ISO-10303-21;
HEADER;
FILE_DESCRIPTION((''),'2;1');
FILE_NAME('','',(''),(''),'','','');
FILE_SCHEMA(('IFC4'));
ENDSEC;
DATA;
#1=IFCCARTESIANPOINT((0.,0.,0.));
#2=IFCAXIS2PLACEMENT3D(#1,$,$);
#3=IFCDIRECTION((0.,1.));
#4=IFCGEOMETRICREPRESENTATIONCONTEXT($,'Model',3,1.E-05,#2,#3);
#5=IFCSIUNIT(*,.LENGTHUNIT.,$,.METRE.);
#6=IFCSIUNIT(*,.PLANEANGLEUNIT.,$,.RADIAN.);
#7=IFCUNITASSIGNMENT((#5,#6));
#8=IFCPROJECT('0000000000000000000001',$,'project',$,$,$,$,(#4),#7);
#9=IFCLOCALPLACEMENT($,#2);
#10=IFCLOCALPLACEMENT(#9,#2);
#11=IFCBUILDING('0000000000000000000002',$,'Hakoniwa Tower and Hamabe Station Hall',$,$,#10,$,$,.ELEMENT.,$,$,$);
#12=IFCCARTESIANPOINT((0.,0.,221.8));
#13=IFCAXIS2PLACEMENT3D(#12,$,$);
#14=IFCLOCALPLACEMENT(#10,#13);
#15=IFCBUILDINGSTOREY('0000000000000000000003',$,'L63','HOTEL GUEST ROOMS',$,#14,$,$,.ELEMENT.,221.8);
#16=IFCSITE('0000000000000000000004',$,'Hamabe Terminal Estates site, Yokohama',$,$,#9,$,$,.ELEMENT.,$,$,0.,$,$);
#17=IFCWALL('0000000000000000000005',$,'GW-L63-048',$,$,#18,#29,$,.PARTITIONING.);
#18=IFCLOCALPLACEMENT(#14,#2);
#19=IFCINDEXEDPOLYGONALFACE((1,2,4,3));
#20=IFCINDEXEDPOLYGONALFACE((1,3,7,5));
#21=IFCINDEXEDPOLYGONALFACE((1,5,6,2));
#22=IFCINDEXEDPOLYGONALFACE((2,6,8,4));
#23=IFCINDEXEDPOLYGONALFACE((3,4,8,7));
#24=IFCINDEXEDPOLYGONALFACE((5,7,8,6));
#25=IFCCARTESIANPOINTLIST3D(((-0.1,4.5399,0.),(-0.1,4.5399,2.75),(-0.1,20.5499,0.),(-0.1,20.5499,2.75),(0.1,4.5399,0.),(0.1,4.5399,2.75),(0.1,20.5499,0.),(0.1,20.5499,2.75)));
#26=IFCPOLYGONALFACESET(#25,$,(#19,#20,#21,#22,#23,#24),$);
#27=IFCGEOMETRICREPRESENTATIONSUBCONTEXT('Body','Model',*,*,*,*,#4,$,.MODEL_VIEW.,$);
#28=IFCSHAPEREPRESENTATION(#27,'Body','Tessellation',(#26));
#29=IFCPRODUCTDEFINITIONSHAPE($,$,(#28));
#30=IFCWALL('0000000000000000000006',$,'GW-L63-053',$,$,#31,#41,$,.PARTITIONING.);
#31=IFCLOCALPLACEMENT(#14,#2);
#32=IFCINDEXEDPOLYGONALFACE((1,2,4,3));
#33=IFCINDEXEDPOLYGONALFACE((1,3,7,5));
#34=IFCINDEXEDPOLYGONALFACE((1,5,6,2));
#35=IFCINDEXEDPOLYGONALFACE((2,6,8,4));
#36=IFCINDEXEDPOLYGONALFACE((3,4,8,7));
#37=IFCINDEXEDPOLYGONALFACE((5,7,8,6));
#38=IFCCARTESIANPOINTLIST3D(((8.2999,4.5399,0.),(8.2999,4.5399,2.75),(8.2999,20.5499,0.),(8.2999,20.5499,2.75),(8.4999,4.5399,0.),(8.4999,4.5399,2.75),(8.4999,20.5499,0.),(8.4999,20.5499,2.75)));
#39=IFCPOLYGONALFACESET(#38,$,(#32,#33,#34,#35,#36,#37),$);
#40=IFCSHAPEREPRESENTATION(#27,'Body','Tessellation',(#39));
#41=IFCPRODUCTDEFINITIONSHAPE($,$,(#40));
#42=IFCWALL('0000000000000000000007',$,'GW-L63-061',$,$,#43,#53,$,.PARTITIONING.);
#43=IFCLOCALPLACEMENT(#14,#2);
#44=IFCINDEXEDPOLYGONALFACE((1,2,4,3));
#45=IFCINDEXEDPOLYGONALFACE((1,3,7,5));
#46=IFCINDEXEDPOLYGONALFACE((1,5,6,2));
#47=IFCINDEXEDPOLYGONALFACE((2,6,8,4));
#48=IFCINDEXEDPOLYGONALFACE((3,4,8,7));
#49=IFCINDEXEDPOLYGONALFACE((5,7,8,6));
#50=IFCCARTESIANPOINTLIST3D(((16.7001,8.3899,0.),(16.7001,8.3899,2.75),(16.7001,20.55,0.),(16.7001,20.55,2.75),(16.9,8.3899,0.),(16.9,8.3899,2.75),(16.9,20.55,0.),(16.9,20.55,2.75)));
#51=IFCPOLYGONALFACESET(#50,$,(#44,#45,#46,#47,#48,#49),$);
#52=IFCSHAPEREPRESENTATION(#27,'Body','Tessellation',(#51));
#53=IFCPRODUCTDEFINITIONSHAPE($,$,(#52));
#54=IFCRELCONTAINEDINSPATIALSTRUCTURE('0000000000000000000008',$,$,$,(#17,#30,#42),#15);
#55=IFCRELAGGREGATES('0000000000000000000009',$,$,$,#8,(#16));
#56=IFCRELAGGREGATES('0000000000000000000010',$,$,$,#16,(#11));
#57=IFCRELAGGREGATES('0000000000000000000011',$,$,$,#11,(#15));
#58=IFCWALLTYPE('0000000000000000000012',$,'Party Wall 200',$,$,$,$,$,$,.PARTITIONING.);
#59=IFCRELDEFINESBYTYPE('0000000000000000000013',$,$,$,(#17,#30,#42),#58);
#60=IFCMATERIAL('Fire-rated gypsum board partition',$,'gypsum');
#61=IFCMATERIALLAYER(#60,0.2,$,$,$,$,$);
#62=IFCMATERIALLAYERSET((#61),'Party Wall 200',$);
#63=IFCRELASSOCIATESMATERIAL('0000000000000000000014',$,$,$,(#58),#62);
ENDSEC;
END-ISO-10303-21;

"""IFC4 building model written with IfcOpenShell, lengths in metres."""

from ifc_helpers import new_model, si_unit, direction, frame, frame_2d, origin, place, context, subcontext, project, spatial, rectangle, extrude, material, layer, layer_set, type_object, element, save


model = new_model("IFC4")

# Units and contexts
model_context = context("Model", 3, precision=1e-05, world=origin(), true_north=direction((0.0, 1.0)))
body_context = subcontext(model_context, "Body", "Model", "MODEL_VIEW")
ifc_project = project(units=[si_unit("LENGTHUNIT", "METRE"), si_unit("PLANEANGLEUNIT", "RADIAN")], contexts=[model_context])

# Site, building, storey
site_placement = place(None, origin())
site = spatial("IfcSite", under=ifc_project, at=site_placement, Name="Hamabe Terminal Estates site, Yokohama", CompositionType="ELEMENT", RefElevation=0.0)
building_placement = place(site_placement, origin())
building = spatial("IfcBuilding", under=site, at=building_placement, Name="Hakoniwa Tower and Hamabe Station Hall", CompositionType="ELEMENT")
storey_placement = place(building_placement, frame((0.0, 0.0, 221.8)))
storey = spatial("IfcBuildingStorey", under=building, at=storey_placement, Name="L63", Description="HOTEL GUEST ROOMS", CompositionType="ELEMENT", Elevation=221.8)

# Walls
ifc_material_1 = material(Name="Fire-rated gypsum board partition", Category="gypsum")
ifc_layer_1 = layer(ifc_material_1, 0.2)
ifc_layer_set_1 = layer_set([ifc_layer_1], Name="Party Wall 200")
wall_type_1 = type_object("IfcWallType", Name="Party Wall 200", PredefinedType="PARTITIONING", material=ifc_layer_set_1)
for number, where, z_axis, x_axis, name in (
    (1, (0.0, 4.54, 0.0), (0.0, 0.0, 1.0), (0.0, 1.0, 0.0), "GW-L63-048"),
    (2, (8.3999, 4.54, 0.0), (0.0, 0.0, 1.0), (0.0, 1.0, 0.0), "GW-L63-053"),
):
    element("IfcWall", number, at=place(storey_placement, frame(where, z_axis=z_axis, x_axis=x_axis)), inside=storey, type_object=wall_type_1, Name=name, PredefinedType="PARTITIONING", context=body_context, shape_type="SweptSolid", body=[
        extrude(rectangle(XDim=16.01, YDim=0.2, at=frame_2d((8.0049, 0.0))), origin(), (0.0, 0.0, 1.0), 2.75),
    ])
wall_1_placement = place(storey_placement, frame((16.8, 8.3899, 0.0), z_axis=(0.0, 0.0, 1.0), x_axis=(0.0, 1.0, 0.0)))
element("IfcWall", 3, at=wall_1_placement, inside=storey, type_object=wall_type_1, Name="GW-L63-061", PredefinedType="PARTITIONING", context=body_context, shape_type="SweptSolid", body=[
    extrude(rectangle(XDim=12.1602, YDim=0.2, at=frame_2d((6.0801, 0.0))), origin(), (0.0, 0.0, 1.0), 2.75),
])

save(model, "model.ifc")
